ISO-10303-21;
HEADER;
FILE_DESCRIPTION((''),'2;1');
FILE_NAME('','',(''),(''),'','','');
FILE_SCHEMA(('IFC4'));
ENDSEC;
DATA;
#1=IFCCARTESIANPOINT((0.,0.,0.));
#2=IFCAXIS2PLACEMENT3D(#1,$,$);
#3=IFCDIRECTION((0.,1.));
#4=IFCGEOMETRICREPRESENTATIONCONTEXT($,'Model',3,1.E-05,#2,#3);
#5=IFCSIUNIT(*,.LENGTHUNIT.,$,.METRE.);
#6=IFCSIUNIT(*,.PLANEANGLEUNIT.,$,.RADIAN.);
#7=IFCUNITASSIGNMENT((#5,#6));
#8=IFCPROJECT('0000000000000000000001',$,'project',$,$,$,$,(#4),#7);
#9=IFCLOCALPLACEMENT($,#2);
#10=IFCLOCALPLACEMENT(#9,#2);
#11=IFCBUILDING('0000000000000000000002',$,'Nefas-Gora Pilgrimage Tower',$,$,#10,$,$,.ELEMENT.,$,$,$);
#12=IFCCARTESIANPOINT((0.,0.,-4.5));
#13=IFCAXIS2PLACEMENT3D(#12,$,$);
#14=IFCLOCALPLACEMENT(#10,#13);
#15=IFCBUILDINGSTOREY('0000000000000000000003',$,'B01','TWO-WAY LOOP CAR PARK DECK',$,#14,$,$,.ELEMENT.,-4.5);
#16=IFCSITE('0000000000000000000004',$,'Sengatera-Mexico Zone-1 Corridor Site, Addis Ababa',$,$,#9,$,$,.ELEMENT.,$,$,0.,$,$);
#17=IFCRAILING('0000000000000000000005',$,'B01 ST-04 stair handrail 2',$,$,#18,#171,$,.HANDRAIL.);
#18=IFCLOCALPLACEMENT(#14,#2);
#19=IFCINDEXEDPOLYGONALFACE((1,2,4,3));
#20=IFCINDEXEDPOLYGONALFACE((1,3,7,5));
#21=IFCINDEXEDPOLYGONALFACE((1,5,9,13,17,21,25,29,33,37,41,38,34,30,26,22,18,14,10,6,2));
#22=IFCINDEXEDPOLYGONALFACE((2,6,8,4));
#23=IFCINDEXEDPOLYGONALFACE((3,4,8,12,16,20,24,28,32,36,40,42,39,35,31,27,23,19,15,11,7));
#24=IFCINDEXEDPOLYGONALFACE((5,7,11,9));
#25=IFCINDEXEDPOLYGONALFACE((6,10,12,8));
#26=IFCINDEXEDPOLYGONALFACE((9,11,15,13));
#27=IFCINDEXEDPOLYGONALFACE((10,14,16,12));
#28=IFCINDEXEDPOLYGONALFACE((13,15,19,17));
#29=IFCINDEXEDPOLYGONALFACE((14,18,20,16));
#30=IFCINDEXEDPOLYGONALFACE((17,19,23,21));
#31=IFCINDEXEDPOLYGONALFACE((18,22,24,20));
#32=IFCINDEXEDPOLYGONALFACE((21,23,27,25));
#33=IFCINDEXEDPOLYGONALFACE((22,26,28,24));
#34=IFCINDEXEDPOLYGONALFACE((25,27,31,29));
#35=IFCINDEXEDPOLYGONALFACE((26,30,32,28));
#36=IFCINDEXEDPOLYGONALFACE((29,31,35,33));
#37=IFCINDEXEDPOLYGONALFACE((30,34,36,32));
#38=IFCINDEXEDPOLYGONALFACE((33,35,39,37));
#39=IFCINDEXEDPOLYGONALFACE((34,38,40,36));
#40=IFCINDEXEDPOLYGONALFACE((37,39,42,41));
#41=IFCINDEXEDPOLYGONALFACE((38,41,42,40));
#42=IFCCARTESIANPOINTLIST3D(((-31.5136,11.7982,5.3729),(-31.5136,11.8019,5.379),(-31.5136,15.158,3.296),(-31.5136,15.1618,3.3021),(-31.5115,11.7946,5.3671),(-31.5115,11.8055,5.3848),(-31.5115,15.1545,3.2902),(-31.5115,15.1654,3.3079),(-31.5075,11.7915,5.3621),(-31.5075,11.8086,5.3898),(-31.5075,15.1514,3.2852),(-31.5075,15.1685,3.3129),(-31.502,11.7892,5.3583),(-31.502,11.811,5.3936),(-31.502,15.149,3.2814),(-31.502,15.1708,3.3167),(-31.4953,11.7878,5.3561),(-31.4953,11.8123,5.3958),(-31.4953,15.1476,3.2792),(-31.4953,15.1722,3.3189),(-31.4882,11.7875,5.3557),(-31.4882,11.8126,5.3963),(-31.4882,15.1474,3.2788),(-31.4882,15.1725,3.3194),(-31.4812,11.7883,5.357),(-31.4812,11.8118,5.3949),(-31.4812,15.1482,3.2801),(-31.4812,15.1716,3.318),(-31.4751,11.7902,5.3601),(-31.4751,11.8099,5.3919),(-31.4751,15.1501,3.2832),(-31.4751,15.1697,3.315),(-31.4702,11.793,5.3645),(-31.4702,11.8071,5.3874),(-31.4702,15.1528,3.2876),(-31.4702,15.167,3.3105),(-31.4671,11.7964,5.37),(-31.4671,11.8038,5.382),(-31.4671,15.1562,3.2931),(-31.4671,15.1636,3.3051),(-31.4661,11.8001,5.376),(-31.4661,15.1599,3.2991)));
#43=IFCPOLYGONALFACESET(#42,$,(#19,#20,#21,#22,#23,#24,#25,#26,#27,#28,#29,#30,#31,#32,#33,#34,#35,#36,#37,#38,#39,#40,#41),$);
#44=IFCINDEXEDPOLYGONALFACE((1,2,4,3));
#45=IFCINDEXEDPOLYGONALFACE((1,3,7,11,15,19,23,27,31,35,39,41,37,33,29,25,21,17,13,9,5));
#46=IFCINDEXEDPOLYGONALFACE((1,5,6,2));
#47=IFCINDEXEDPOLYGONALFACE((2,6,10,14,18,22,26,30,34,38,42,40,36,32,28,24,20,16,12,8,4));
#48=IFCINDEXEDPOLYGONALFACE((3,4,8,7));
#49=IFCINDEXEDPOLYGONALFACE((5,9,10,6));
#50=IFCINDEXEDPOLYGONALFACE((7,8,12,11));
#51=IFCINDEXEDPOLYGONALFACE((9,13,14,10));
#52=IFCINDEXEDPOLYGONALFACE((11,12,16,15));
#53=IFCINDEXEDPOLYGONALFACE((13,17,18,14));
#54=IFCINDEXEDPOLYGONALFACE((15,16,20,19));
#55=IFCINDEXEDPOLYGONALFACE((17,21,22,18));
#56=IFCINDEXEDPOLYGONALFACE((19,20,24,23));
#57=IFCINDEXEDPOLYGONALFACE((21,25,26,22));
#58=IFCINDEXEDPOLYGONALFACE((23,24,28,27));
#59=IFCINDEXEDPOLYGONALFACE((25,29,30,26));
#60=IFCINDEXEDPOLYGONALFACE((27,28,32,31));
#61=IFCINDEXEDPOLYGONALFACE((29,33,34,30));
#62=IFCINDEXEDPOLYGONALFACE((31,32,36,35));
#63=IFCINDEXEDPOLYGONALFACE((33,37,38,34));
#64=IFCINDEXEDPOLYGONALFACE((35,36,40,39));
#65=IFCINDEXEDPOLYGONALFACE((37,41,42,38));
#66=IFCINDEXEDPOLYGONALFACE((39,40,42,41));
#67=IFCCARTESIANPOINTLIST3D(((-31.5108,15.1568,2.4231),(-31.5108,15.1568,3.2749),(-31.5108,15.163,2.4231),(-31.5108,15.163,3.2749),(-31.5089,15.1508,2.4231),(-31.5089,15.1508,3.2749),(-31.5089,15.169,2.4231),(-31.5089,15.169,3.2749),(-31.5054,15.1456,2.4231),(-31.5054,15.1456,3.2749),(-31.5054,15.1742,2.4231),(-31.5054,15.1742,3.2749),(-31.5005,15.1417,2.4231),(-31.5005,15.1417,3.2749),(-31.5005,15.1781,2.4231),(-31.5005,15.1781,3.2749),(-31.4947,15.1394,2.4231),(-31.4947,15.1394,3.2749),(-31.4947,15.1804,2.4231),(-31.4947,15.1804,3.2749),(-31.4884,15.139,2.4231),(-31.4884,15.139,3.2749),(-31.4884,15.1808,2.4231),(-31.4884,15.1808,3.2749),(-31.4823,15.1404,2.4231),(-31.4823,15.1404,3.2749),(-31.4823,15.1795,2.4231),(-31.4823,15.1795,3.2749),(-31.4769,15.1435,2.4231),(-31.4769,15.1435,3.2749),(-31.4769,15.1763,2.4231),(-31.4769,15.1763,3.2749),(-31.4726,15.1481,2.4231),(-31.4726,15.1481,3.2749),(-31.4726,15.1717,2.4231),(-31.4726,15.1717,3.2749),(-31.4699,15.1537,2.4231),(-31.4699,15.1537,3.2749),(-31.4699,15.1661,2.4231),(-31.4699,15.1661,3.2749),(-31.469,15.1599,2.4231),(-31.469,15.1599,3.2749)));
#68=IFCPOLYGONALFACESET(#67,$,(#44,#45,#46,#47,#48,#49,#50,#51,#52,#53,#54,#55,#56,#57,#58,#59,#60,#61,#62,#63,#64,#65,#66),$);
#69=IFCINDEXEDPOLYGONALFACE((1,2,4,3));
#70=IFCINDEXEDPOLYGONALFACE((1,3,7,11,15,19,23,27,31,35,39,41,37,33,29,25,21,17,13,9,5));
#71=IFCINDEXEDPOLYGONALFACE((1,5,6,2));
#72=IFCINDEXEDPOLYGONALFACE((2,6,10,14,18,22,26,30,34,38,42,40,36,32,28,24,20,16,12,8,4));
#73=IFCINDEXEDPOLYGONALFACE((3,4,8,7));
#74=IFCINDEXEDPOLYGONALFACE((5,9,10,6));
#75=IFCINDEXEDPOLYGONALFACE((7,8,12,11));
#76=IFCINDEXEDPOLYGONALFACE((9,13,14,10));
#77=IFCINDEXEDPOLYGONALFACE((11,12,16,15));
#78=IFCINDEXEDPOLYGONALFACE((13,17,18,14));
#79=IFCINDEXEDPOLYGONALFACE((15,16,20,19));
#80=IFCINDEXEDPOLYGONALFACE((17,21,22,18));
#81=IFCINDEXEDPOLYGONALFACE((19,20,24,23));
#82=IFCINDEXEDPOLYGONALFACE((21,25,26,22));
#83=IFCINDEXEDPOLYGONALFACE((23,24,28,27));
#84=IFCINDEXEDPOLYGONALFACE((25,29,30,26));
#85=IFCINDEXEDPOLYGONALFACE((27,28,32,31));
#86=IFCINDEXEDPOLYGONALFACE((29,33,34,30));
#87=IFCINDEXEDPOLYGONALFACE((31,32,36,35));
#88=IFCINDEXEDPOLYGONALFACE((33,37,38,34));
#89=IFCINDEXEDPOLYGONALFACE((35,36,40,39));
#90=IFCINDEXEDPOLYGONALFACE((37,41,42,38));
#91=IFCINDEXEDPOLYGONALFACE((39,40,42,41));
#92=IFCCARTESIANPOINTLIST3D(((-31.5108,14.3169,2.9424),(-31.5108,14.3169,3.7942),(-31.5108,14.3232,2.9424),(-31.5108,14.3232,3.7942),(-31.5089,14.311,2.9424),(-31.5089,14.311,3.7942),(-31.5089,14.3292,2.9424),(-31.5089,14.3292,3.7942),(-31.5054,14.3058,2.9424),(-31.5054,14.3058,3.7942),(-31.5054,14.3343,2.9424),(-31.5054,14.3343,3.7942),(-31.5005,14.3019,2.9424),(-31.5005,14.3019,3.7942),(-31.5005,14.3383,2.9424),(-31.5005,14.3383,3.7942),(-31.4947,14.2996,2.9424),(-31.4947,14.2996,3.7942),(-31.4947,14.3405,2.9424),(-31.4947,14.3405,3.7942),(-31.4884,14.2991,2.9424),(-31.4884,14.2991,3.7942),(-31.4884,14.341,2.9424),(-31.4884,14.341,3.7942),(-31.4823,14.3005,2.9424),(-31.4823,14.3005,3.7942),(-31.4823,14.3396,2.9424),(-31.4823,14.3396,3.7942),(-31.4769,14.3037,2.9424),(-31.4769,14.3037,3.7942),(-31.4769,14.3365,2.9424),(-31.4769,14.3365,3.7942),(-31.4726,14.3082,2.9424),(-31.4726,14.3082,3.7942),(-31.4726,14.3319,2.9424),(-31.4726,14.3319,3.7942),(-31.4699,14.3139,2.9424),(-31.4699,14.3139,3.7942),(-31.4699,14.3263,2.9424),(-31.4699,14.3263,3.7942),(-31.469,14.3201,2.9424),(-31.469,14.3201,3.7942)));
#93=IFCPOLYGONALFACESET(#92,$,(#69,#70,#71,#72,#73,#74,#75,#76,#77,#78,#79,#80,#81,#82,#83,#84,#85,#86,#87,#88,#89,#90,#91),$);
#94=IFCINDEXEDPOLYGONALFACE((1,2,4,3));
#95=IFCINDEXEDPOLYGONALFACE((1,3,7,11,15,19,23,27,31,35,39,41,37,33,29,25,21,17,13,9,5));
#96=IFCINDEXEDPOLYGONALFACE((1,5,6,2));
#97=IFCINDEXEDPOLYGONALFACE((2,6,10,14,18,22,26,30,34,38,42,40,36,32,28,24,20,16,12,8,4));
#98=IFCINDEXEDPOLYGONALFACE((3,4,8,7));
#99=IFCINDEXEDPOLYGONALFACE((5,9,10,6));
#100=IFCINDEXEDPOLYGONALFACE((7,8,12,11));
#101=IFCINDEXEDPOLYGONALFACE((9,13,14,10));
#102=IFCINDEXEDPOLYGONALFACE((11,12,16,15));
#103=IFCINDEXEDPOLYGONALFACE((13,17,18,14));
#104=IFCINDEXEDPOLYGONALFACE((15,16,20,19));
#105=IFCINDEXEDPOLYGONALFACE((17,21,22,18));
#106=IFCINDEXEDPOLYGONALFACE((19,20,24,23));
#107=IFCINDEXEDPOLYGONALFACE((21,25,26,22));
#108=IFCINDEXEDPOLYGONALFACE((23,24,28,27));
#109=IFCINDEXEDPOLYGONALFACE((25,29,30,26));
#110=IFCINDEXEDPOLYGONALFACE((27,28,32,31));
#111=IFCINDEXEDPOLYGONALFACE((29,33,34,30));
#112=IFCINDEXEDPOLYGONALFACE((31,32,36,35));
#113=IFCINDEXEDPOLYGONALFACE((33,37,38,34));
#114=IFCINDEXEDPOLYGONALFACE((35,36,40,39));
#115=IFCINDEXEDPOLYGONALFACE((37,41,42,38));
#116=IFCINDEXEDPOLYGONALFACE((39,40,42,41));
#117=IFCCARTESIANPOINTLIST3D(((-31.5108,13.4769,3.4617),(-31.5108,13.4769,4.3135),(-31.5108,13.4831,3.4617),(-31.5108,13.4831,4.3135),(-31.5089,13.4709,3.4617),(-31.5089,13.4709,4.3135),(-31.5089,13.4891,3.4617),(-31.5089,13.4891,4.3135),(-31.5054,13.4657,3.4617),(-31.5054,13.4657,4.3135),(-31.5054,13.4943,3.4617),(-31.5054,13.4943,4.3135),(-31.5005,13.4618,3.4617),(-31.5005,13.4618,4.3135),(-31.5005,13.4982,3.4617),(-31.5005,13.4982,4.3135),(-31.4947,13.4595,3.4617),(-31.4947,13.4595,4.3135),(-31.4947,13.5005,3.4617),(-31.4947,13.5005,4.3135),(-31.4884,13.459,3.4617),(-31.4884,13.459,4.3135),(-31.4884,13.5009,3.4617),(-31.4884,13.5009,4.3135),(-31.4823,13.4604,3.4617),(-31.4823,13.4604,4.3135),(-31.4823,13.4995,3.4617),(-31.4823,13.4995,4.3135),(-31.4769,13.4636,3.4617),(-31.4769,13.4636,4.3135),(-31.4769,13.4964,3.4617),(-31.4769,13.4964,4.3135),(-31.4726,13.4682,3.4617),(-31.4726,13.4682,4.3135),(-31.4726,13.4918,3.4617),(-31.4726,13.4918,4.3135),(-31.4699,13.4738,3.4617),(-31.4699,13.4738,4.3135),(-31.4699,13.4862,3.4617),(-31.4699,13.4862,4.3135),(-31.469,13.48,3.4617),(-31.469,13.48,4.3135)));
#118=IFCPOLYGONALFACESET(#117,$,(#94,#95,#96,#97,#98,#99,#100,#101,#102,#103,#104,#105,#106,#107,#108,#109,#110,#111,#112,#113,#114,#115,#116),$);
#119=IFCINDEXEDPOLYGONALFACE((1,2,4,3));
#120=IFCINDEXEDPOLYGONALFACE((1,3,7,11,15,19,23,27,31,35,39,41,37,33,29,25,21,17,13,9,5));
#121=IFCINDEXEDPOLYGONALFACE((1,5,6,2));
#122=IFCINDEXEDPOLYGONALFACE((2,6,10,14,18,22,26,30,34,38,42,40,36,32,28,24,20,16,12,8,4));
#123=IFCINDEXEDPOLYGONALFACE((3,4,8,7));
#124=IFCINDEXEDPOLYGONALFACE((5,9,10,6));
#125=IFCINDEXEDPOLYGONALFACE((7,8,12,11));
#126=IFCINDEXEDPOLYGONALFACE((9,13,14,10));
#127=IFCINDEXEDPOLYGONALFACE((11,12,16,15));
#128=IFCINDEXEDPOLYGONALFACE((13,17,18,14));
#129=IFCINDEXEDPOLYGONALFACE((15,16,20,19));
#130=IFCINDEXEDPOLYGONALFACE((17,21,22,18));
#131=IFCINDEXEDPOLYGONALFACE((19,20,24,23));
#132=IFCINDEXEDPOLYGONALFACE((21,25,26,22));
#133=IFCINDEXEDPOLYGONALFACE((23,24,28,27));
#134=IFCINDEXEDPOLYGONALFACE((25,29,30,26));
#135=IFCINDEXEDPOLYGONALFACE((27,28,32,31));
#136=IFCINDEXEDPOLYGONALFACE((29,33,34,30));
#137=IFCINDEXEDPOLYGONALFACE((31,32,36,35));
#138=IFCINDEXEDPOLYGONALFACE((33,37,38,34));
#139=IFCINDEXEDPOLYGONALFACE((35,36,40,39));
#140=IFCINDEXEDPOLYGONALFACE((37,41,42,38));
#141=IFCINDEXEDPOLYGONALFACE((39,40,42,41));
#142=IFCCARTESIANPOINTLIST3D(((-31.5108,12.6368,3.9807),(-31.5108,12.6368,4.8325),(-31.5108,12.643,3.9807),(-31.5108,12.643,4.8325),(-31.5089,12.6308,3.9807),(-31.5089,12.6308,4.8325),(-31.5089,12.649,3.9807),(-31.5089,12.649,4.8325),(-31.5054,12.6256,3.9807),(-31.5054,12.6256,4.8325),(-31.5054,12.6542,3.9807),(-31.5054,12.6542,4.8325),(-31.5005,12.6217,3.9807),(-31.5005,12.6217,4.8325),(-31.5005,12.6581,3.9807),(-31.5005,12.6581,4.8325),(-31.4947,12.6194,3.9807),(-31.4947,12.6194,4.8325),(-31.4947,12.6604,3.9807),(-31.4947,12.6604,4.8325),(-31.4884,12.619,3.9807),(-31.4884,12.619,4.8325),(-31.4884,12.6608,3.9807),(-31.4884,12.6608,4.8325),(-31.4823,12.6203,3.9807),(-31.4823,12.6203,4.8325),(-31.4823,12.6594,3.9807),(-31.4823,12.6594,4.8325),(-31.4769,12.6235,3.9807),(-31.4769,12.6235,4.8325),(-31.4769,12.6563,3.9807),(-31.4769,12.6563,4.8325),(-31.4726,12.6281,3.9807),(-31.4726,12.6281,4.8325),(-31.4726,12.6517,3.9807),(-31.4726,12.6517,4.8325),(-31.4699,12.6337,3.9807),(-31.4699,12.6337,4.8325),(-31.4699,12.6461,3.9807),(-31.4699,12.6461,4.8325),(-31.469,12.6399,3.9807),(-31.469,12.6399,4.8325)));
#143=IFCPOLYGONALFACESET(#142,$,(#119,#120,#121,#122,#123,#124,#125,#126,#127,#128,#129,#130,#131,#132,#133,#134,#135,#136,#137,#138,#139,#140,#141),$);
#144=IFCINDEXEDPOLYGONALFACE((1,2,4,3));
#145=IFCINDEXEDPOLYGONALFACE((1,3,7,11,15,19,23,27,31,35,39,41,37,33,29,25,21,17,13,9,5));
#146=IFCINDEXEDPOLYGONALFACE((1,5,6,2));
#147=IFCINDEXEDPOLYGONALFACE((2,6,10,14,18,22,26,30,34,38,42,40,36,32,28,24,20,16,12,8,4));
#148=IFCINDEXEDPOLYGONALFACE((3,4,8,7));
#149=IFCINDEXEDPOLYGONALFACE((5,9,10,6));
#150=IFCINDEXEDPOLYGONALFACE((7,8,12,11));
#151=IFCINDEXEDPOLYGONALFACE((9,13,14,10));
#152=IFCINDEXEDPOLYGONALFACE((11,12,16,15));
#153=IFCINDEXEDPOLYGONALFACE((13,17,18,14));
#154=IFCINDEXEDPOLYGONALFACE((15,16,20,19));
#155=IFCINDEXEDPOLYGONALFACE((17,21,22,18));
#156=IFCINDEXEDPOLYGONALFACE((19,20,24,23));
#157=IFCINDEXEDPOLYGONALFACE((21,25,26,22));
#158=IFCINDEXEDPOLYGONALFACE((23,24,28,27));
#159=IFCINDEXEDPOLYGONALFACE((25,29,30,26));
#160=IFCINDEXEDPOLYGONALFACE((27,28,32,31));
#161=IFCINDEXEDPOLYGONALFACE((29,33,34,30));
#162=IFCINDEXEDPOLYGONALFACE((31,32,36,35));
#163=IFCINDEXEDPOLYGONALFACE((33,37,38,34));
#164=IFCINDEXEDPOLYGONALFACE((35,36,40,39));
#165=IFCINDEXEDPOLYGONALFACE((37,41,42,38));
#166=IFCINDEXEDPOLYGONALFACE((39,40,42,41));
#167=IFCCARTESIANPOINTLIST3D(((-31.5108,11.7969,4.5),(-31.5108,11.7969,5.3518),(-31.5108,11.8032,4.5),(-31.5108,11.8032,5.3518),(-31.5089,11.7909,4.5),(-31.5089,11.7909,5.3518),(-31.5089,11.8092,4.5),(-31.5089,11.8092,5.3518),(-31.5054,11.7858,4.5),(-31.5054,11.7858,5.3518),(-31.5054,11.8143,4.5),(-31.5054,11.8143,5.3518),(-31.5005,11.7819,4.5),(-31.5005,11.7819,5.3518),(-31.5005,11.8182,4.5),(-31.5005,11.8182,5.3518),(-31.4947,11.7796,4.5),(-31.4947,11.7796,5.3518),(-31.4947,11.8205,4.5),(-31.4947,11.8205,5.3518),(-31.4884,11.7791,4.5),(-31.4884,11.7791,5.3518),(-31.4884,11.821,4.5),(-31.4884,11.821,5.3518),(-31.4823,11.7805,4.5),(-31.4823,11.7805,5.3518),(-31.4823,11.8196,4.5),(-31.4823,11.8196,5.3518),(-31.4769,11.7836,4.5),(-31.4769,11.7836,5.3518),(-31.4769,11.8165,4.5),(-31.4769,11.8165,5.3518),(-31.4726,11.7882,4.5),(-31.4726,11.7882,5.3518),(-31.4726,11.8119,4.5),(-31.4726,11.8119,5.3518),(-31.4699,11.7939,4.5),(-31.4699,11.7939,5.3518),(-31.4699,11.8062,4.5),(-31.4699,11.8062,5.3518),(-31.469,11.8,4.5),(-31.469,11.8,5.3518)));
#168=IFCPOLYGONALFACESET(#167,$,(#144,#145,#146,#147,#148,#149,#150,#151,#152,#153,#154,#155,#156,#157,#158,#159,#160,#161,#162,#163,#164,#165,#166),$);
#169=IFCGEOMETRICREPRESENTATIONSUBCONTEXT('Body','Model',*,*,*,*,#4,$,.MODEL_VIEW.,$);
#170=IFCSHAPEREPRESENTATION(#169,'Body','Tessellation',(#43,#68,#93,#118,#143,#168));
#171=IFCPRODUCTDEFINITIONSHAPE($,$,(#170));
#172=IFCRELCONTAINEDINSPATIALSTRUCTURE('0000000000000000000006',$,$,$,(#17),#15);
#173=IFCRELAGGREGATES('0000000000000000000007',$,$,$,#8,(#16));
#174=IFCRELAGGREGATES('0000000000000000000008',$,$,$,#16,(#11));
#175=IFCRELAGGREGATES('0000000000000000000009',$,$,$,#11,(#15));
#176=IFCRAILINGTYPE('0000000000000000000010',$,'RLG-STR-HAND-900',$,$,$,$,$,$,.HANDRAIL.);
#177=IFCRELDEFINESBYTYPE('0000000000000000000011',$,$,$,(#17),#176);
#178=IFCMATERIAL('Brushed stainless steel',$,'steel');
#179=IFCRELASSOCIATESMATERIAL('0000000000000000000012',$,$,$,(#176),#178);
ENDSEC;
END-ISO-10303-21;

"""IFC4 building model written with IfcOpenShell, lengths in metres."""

from ifc_helpers import new_model, si_unit, direction, frame, origin, origin_2d, place, context, subcontext, project, spatial, circle, extrude, material, type_object, element, save


model = new_model("IFC4")

# Units and contexts
model_context = context("Model", 3, precision=1e-05, world=origin(), true_north=direction((0.0, 1.0)))
body_context = subcontext(model_context, "Body", "Model", "MODEL_VIEW")
ifc_project = project(units=[si_unit("LENGTHUNIT", "METRE"), si_unit("PLANEANGLEUNIT", "RADIAN")], contexts=[model_context])

# Site, building, storey
site_placement = place(None, origin())
site = spatial("IfcSite", under=ifc_project, at=site_placement, Name="Sengatera-Mexico Zone-1 Corridor Site, Addis Ababa", CompositionType="ELEMENT", RefElevation=0.0)
building_placement = place(site_placement, origin())
building = spatial("IfcBuilding", under=site, at=building_placement, Name="Nefas-Gora Pilgrimage Tower", CompositionType="ELEMENT")
storey_placement = place(building_placement, frame((0.0, 0.0, -4.5)))
storey = spatial("IfcBuildingStorey", under=building, at=storey_placement, Name="B01", Description="TWO-WAY LOOP CAR PARK DECK", CompositionType="ELEMENT", Elevation=-4.5)

# Railing
ifc_material_1 = material(Name="Brushed stainless steel", Category="steel")
railing_type_1 = type_object("IfcRailingType", Name="RLG-STR-HAND-900", PredefinedType="HANDRAIL", material=ifc_material_1)
railing_1_placement = place(storey_placement, frame((-31.49, 15.1599, 2.4231)))
element("IfcRailing", 1, at=railing_1_placement, inside=storey, type_object=railing_type_1, Name="B01 ST-04 stair handrail 2", PredefinedType="HANDRAIL", context=body_context, shape_type="SweptSolid", body=[
    extrude(circle(Radius=0.0239, at=origin_2d()), frame((0.0, 0.0, 0.876), z_axis=(0.0, -0.850606, 0.525803), x_axis=(1.0, 0.0, 0.0)), (0.0, 0.0, 1.0), 3.95),
    extrude(circle(Radius=0.021, at=origin_2d()), origin(), (0.0, 0.0, 1.0), 0.8518),
    extrude(circle(Radius=0.021, at=origin_2d()), frame((0.0, -0.8398, 0.5193)), (0.0, 0.0, 1.0), 0.8518),
    extrude(circle(Radius=0.021, at=origin_2d()), frame((0.0, -1.6799, 1.0386)), (0.0, 0.0, 1.0), 0.8518),
    extrude(circle(Radius=0.021, at=origin_2d()), frame((0.0, -2.52, 1.5576)), (0.0, 0.0, 1.0), 0.8518),
    extrude(circle(Radius=0.021, at=origin_2d()), frame((0.0, -3.3599, 2.0769)), (0.0, 0.0, 1.0), 0.8518),
])

save(model, "model.ifc")
